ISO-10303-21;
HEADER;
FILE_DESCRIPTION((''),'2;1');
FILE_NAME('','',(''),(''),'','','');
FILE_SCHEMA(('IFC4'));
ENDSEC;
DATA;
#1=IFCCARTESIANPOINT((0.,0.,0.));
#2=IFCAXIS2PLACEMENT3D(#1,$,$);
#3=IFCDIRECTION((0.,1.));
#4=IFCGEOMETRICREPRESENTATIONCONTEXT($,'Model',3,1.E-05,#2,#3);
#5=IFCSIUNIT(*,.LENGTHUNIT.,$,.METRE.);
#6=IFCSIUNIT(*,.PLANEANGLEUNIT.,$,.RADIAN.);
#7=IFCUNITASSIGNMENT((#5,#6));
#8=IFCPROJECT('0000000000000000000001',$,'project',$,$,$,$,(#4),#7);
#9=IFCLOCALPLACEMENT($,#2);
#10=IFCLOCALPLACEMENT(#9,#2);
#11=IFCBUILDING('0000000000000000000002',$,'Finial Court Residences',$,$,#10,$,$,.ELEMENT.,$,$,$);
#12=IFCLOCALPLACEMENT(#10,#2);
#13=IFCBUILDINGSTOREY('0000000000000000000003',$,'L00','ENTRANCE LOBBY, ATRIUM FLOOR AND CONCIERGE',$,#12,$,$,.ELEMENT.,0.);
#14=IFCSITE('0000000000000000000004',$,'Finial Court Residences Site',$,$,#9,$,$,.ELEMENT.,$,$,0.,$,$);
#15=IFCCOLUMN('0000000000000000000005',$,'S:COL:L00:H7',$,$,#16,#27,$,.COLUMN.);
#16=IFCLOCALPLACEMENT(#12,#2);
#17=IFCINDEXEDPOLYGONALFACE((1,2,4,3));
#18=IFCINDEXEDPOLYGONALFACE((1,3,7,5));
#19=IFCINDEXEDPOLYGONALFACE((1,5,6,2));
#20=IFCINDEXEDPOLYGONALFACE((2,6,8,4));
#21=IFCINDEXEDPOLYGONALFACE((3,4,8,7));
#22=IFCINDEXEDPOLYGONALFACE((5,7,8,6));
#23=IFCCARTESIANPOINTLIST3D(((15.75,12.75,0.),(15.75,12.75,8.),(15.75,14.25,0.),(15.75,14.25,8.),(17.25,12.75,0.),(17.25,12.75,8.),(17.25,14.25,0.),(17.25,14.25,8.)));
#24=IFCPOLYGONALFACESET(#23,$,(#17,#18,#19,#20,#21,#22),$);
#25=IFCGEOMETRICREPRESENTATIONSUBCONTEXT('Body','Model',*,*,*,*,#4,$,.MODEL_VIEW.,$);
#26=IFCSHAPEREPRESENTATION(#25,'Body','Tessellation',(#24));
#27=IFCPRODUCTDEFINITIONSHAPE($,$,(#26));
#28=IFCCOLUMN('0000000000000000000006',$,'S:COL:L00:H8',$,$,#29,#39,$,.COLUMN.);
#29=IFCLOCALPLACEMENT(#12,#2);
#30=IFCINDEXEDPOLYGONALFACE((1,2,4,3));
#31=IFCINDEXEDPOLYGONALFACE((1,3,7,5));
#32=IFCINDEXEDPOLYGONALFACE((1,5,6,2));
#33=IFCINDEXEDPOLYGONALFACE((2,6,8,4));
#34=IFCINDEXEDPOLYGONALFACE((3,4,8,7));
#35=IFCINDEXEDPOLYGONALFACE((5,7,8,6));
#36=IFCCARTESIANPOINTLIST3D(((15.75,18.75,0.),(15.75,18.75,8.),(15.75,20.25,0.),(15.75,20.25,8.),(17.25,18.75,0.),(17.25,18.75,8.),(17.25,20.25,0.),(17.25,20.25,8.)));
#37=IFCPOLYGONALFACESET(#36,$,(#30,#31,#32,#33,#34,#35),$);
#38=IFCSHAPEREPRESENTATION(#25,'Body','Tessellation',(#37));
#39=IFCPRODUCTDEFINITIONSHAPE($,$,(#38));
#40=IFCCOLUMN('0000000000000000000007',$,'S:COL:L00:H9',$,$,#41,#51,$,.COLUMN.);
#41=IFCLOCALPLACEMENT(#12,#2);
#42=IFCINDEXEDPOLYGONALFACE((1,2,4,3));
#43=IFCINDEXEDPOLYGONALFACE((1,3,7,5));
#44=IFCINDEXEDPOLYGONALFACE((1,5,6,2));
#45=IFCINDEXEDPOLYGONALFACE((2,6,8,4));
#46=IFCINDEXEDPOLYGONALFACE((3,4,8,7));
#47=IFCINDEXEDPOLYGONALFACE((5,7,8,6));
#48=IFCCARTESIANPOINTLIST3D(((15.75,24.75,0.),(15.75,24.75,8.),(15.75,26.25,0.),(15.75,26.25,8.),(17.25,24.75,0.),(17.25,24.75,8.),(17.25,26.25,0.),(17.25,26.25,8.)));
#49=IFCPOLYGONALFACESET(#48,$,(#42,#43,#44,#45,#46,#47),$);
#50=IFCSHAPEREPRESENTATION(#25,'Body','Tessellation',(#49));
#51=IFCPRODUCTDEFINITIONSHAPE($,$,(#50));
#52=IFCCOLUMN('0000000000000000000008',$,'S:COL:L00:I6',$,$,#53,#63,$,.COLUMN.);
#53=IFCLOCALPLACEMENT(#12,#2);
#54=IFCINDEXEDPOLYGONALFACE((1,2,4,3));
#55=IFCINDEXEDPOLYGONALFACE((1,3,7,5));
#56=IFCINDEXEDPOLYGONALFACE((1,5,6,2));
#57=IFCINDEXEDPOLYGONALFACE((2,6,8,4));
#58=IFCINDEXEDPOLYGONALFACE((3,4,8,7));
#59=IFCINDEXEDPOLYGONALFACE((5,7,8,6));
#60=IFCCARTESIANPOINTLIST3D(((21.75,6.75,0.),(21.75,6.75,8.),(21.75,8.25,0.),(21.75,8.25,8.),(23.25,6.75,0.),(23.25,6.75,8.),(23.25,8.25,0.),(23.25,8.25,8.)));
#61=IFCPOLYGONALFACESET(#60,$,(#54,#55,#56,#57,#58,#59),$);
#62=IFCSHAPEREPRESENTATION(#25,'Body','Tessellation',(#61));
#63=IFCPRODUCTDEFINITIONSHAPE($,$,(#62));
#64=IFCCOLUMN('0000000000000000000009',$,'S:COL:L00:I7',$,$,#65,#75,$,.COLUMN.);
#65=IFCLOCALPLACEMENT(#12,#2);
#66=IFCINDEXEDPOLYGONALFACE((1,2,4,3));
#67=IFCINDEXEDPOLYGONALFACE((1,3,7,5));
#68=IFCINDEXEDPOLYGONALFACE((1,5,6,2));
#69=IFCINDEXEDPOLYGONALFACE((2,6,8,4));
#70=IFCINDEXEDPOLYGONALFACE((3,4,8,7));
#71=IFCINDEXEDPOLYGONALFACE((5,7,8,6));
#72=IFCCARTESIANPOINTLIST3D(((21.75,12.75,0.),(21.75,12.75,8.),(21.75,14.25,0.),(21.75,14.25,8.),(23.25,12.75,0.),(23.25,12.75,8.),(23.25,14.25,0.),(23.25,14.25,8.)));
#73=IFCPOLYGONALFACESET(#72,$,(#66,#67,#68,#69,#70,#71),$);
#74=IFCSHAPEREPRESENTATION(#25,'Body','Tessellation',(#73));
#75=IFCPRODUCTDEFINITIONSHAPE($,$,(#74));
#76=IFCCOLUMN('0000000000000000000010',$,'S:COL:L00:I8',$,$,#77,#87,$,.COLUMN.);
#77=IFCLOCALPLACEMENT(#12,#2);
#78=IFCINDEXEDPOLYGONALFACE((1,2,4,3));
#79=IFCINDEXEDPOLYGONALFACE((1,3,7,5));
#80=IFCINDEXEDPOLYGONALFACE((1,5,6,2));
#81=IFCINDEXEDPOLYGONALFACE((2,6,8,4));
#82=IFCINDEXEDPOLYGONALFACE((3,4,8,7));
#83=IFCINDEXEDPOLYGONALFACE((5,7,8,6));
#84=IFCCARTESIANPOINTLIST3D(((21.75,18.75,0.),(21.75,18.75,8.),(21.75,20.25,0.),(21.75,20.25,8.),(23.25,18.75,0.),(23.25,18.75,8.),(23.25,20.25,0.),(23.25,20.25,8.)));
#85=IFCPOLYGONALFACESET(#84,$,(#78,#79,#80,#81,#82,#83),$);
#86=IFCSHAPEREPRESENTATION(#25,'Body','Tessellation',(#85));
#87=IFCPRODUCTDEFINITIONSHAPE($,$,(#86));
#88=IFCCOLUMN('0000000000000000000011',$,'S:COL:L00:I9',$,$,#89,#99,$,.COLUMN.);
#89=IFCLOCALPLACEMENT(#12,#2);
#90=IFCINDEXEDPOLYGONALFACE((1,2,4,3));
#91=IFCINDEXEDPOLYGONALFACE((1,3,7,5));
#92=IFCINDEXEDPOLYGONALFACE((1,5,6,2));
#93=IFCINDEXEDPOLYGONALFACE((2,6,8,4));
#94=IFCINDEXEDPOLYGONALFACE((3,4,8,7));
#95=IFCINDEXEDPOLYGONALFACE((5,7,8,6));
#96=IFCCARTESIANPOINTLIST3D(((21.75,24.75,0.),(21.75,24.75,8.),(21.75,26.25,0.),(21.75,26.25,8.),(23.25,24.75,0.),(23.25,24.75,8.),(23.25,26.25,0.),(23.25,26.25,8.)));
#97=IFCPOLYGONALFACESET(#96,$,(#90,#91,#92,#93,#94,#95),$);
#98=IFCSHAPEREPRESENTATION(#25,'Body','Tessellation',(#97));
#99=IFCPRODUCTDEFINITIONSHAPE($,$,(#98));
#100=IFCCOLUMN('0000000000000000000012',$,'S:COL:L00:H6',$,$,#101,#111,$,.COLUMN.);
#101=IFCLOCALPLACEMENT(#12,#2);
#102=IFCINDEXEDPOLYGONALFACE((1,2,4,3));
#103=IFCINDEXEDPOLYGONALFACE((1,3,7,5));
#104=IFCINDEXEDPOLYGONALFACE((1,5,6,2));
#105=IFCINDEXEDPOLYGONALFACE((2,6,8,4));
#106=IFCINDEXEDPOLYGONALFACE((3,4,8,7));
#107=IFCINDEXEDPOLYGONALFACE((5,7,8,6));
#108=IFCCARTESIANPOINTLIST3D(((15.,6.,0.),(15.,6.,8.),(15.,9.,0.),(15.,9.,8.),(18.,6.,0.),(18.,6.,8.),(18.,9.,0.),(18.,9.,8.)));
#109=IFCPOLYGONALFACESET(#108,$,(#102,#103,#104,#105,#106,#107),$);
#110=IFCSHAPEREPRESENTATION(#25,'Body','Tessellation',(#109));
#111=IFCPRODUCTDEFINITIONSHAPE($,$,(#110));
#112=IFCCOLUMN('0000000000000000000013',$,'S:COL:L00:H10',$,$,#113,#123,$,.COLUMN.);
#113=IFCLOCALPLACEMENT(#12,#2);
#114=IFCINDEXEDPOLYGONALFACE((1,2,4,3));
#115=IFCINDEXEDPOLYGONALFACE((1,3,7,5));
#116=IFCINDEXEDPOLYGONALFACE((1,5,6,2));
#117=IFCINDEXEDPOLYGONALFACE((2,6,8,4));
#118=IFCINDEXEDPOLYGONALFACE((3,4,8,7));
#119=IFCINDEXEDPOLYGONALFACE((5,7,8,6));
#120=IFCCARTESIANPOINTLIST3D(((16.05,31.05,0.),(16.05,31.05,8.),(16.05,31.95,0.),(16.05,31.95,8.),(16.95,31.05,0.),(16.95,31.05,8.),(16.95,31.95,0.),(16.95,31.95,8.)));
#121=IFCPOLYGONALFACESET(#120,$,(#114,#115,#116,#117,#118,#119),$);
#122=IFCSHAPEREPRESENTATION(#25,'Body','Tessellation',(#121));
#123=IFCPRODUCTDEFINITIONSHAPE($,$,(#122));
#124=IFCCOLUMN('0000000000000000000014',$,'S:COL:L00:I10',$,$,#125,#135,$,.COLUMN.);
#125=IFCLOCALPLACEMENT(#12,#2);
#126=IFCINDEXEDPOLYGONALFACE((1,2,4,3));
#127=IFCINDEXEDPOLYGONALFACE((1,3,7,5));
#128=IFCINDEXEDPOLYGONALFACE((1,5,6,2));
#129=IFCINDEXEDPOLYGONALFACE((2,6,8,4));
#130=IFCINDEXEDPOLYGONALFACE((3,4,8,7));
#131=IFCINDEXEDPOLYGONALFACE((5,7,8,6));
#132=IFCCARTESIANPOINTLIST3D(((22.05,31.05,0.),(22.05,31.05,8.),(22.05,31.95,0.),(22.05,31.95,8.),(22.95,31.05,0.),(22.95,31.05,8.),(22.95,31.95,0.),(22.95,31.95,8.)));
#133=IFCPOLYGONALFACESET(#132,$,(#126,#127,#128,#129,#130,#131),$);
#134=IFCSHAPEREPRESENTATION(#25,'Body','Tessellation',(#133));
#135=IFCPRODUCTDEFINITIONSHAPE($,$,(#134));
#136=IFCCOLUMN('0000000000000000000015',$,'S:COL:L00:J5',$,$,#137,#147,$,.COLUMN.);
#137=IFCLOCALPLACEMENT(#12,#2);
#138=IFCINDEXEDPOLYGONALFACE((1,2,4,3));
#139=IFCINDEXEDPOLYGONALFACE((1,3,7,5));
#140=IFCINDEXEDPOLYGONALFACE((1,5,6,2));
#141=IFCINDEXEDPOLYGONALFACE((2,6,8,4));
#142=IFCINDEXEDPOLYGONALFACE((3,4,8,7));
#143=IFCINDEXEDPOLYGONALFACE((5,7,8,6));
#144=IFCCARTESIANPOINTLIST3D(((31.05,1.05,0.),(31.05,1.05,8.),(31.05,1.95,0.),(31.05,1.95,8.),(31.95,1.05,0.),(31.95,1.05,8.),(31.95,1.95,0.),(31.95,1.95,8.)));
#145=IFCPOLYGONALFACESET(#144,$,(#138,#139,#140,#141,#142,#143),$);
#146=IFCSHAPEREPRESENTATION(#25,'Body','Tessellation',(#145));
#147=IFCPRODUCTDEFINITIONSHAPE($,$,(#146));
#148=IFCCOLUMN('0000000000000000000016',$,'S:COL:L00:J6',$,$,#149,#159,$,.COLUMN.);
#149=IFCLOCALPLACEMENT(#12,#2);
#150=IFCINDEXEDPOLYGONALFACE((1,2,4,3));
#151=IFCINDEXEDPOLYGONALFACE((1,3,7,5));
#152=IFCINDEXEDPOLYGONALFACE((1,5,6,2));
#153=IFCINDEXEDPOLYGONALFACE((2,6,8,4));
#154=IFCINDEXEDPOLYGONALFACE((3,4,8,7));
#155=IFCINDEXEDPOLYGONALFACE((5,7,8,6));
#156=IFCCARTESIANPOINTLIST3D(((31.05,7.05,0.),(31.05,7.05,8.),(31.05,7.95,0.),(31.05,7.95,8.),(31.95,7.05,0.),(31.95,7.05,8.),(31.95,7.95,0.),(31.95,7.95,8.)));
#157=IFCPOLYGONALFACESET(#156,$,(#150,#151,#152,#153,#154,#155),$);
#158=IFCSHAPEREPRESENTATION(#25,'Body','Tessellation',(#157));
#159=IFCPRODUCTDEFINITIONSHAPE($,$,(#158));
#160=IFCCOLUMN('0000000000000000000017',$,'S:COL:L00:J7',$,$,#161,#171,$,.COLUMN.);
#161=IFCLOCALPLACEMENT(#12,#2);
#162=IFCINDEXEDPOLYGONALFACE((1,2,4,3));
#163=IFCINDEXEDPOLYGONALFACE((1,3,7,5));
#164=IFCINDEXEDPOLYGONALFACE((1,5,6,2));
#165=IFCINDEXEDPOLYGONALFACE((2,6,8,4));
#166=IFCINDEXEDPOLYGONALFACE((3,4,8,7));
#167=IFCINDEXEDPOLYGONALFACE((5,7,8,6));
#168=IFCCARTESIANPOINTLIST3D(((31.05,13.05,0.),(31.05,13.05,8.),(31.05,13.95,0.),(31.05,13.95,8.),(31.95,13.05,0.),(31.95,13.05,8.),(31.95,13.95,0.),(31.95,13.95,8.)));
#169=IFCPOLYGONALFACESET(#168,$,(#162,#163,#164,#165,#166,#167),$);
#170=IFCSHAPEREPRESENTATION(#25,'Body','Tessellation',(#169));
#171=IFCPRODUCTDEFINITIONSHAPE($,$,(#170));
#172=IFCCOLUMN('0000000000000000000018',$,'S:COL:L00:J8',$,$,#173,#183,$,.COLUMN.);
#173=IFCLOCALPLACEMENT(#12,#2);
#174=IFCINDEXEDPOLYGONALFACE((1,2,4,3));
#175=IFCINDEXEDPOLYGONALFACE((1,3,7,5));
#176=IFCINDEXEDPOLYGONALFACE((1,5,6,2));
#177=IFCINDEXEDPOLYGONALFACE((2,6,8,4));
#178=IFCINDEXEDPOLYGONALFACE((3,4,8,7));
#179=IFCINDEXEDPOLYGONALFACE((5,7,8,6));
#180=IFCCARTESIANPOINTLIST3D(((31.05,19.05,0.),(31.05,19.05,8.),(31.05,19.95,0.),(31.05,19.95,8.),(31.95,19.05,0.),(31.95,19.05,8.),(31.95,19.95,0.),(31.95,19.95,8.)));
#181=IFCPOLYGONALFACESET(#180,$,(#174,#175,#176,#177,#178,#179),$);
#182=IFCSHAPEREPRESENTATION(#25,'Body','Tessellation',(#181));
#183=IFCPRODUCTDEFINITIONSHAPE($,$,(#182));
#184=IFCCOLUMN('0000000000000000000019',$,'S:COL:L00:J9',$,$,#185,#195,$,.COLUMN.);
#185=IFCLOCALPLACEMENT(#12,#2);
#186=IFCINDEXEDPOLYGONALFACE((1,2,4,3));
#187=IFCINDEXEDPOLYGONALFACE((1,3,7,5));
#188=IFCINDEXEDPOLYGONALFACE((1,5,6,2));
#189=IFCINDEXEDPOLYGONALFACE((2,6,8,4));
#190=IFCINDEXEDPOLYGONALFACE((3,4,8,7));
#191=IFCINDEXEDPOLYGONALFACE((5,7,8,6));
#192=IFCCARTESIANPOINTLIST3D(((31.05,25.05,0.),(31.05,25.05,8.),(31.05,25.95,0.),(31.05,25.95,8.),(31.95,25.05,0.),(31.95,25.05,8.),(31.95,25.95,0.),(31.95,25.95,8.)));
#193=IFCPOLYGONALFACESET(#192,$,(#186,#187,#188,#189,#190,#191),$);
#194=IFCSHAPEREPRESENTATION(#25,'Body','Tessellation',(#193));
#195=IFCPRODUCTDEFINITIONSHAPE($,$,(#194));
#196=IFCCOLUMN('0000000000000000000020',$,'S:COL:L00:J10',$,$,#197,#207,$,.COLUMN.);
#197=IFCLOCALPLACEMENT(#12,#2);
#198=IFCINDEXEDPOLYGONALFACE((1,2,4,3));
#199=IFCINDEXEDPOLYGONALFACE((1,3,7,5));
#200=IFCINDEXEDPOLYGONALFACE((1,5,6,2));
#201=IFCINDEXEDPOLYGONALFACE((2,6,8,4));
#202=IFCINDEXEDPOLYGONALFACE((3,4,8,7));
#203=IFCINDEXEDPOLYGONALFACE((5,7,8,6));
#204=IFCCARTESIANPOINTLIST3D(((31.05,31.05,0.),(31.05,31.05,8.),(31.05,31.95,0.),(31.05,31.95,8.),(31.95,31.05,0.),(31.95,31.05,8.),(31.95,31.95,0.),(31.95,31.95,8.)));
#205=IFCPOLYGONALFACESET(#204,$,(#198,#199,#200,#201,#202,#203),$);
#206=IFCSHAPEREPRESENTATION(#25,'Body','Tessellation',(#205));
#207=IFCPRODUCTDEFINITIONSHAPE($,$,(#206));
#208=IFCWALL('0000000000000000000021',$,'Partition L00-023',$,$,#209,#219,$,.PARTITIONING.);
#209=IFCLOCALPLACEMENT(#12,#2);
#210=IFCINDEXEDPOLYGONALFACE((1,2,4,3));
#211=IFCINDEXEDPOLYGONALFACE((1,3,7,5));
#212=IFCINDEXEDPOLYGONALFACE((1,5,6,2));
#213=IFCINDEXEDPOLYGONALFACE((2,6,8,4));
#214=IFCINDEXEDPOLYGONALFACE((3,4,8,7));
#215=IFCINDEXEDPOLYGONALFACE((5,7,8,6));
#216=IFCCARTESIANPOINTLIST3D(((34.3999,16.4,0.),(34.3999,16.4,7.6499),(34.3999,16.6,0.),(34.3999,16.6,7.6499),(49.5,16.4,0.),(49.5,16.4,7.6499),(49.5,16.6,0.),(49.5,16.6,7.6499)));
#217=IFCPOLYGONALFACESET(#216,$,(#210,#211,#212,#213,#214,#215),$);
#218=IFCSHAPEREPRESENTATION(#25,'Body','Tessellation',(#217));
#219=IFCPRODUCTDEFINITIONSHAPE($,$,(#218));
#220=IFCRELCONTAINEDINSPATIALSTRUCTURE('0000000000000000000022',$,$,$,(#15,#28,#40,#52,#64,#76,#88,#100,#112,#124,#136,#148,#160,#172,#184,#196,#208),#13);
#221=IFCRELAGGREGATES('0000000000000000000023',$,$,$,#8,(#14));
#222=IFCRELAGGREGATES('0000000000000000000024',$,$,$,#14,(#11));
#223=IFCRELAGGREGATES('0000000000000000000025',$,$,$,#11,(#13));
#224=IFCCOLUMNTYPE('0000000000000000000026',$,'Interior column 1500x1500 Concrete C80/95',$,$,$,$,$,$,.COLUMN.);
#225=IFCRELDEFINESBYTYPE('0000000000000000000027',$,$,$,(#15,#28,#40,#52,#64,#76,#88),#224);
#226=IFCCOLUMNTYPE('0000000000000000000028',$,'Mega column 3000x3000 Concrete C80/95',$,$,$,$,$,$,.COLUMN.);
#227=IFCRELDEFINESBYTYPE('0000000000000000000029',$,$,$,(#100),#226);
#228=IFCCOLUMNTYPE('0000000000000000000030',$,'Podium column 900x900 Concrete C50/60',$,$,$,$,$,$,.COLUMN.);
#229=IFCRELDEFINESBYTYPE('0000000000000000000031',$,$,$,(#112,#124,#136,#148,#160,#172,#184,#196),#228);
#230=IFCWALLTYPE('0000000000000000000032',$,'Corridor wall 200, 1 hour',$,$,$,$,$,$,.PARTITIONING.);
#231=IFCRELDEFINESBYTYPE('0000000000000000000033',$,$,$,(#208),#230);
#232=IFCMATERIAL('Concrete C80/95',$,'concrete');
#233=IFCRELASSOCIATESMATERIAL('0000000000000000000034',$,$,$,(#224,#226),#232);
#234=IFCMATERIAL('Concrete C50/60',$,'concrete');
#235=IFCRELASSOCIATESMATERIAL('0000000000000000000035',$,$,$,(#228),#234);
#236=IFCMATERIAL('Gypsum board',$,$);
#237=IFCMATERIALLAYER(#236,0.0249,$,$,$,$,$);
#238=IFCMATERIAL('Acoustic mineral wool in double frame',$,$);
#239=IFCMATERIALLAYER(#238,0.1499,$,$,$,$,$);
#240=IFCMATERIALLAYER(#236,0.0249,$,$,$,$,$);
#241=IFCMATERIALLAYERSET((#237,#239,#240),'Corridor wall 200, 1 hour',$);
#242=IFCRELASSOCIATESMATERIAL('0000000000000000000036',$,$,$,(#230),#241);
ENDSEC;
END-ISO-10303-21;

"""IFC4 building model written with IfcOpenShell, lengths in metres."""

from ifc_helpers import new_model, si_unit, direction, frame, frame_2d, origin, origin_2d, place, context, subcontext, project, spatial, rectangle, extrude, material, layer, layer_set, material_profile, profile_set, type_object, element, save


model = new_model("IFC4")

# Units and contexts
model_context = context("Model", 3, precision=1e-05, world=origin(), true_north=direction((0.0, 1.0)))
body_context = subcontext(model_context, "Body", "Model", "MODEL_VIEW")
ifc_project = project(units=[si_unit("LENGTHUNIT", "METRE"), si_unit("PLANEANGLEUNIT", "RADIAN")], contexts=[model_context])

# Site, building, storey
site_placement = place(None, origin())
site = spatial("IfcSite", under=ifc_project, at=site_placement, Name="Finial Court Residences Site", CompositionType="ELEMENT", RefElevation=0.0)
building_placement = place(site_placement, origin())
building = spatial("IfcBuilding", under=site, at=building_placement, Name="Finial Court Residences", CompositionType="ELEMENT")
storey_placement = place(building_placement, origin())
storey = spatial("IfcBuildingStorey", under=building, at=storey_placement, Name="L00", Description="ENTRANCE LOBBY, ATRIUM FLOOR AND CONCIERGE", CompositionType="ELEMENT", Elevation=0.0)

# Columns
ifc_material_1 = material(Name="Concrete C80/95", Category="concrete")
ifc_material_profile_1 = material_profile(ifc_material_1, rectangle(XDim=1.5, YDim=1.5, at=origin_2d()), Name="1500x1500")
ifc_profile_set_1 = profile_set([ifc_material_profile_1], Name="Concrete C80/95")
column_type_1 = type_object("IfcColumnType", Name="Interior column 1500x1500 Concrete C80/95", PredefinedType="COLUMN", material=ifc_profile_set_1)
for number, where, z_axis, x_axis, name in (
    (1, (16.5, 13.5, 0.0), (0.0, 0.0, 1.0), (1.0, 0.0, 0.0), "S:COL:L00:H7"),
    (2, (16.5, 19.5, 0.0), (0.0, 0.0, 1.0), (1.0, 0.0, 0.0), "S:COL:L00:H8"),
    (3, (16.5, 25.5, 0.0), (0.0, 0.0, 1.0), (1.0, 0.0, 0.0), "S:COL:L00:H9"),
    (4, (22.5, 7.5, 0.0), (0.0, 0.0, 1.0), (1.0, 0.0, 0.0), "S:COL:L00:I6"),
    (5, (22.5, 13.5, 0.0), (0.0, 0.0, 1.0), (1.0, 0.0, 0.0), "S:COL:L00:I7"),
    (6, (22.5, 19.5, 0.0), (0.0, 0.0, 1.0), (1.0, 0.0, 0.0), "S:COL:L00:I8"),
    (7, (22.5, 25.5, 0.0), (0.0, 0.0, 1.0), (1.0, 0.0, 0.0), "S:COL:L00:I9"),
):
    element("IfcColumn", number, at=place(storey_placement, frame(where, z_axis=z_axis, x_axis=x_axis)), inside=storey, type_object=column_type_1, Name=name, PredefinedType="COLUMN", context=body_context, shape_type="SweptSolid", body=[
        extrude(rectangle(XDim=1.5, YDim=1.5, at=origin_2d()), origin(), (0.0, 0.0, 1.0), 8.0),
    ])
ifc_material_profile_2 = material_profile(ifc_material_1, rectangle(XDim=3.0, YDim=3.0, at=origin_2d()), Name="3000x3000")
ifc_profile_set_2 = profile_set([ifc_material_profile_2], Name="Concrete C80/95")
column_type_2 = type_object("IfcColumnType", Name="Mega column 3000x3000 Concrete C80/95", PredefinedType="COLUMN", material=ifc_profile_set_2)
column_placement = place(storey_placement, frame((16.5, 7.5, 0.0), z_axis=(0.0, 0.0, 1.0), x_axis=(1.0, 0.0, 0.0)))
element("IfcColumn", 8, at=column_placement, inside=storey, type_object=column_type_2, Name="S:COL:L00:H6", PredefinedType="COLUMN", context=body_context, shape_type="SweptSolid", body=[
    extrude(rectangle(XDim=3.0, YDim=3.0, at=origin_2d()), origin(), (0.0, 0.0, 1.0), 8.0),
])
ifc_material_2 = material(Name="Concrete C50/60", Category="concrete")
ifc_material_profile_3 = material_profile(ifc_material_2, rectangle(XDim=0.8999, YDim=0.8999, at=origin_2d()), Name="900x900")
ifc_profile_set_3 = profile_set([ifc_material_profile_3], Name="Concrete C50/60")
column_type_3 = type_object("IfcColumnType", Name="Podium column 900x900 Concrete C50/60", PredefinedType="COLUMN", material=ifc_profile_set_3)
for number, where, z_axis, x_axis, name in (
    (9, (16.5, 31.5, 0.0), (0.0, 0.0, 1.0), (1.0, 0.0, 0.0), "S:COL:L00:H10"),
    (10, (22.5, 31.5, 0.0), (0.0, 0.0, 1.0), (1.0, 0.0, 0.0), "S:COL:L00:I10"),
    (11, (31.5, 1.5, 0.0), (0.0, 0.0, 1.0), (1.0, 0.0, 0.0), "S:COL:L00:J5"),
    (12, (31.5, 7.5, 0.0), (0.0, 0.0, 1.0), (1.0, 0.0, 0.0), "S:COL:L00:J6"),
    (13, (31.5, 13.5, 0.0), (0.0, 0.0, 1.0), (1.0, 0.0, 0.0), "S:COL:L00:J7"),
    (14, (31.5, 19.5, 0.0), (0.0, 0.0, 1.0), (1.0, 0.0, 0.0), "S:COL:L00:J8"),
    (15, (31.5, 25.5, 0.0), (0.0, 0.0, 1.0), (1.0, 0.0, 0.0), "S:COL:L00:J9"),
    (16, (31.5, 31.5, 0.0), (0.0, 0.0, 1.0), (1.0, 0.0, 0.0), "S:COL:L00:J10"),
):
    element("IfcColumn", number, at=place(storey_placement, frame(where, z_axis=z_axis, x_axis=x_axis)), inside=storey, type_object=column_type_3, Name=name, PredefinedType="COLUMN", context=body_context, shape_type="SweptSolid", body=[
        extrude(rectangle(XDim=0.8999, YDim=0.8999, at=origin_2d()), origin(), (0.0, 0.0, 1.0), 8.0),
    ])

# Wall
ifc_material_3 = material(Name="Gypsum board")
ifc_layer_1 = layer(ifc_material_3, 0.0249)
ifc_material_4 = material(Name="Acoustic mineral wool in double frame")
ifc_layer_2 = layer(ifc_material_4, 0.1499)
ifc_layer_3 = layer(ifc_material_3, 0.0249)
ifc_layer_set_1 = layer_set([ifc_layer_1, ifc_layer_2, ifc_layer_3], Name="Corridor wall 200, 1 hour")
wall_type_1 = type_object("IfcWallType", Name="Corridor wall 200, 1 hour", PredefinedType="PARTITIONING", material=ifc_layer_set_1)
wall_1_placement = place(storey_placement, frame((34.3999, 16.5, 0.0), z_axis=(0.0, 0.0, 1.0), x_axis=(1.0, 0.0, 0.0)))
element("IfcWall", 17, at=wall_1_placement, inside=storey, type_object=wall_type_1, Name="Partition L00-023", PredefinedType="PARTITIONING", context=body_context, shape_type="SweptSolid", body=[
    extrude(rectangle(XDim=15.1001, YDim=0.2, at=frame_2d((7.55, 0.0))), origin(), (0.0, 0.0, 1.0), 7.6499),
])

save(model, "model.ifc")
